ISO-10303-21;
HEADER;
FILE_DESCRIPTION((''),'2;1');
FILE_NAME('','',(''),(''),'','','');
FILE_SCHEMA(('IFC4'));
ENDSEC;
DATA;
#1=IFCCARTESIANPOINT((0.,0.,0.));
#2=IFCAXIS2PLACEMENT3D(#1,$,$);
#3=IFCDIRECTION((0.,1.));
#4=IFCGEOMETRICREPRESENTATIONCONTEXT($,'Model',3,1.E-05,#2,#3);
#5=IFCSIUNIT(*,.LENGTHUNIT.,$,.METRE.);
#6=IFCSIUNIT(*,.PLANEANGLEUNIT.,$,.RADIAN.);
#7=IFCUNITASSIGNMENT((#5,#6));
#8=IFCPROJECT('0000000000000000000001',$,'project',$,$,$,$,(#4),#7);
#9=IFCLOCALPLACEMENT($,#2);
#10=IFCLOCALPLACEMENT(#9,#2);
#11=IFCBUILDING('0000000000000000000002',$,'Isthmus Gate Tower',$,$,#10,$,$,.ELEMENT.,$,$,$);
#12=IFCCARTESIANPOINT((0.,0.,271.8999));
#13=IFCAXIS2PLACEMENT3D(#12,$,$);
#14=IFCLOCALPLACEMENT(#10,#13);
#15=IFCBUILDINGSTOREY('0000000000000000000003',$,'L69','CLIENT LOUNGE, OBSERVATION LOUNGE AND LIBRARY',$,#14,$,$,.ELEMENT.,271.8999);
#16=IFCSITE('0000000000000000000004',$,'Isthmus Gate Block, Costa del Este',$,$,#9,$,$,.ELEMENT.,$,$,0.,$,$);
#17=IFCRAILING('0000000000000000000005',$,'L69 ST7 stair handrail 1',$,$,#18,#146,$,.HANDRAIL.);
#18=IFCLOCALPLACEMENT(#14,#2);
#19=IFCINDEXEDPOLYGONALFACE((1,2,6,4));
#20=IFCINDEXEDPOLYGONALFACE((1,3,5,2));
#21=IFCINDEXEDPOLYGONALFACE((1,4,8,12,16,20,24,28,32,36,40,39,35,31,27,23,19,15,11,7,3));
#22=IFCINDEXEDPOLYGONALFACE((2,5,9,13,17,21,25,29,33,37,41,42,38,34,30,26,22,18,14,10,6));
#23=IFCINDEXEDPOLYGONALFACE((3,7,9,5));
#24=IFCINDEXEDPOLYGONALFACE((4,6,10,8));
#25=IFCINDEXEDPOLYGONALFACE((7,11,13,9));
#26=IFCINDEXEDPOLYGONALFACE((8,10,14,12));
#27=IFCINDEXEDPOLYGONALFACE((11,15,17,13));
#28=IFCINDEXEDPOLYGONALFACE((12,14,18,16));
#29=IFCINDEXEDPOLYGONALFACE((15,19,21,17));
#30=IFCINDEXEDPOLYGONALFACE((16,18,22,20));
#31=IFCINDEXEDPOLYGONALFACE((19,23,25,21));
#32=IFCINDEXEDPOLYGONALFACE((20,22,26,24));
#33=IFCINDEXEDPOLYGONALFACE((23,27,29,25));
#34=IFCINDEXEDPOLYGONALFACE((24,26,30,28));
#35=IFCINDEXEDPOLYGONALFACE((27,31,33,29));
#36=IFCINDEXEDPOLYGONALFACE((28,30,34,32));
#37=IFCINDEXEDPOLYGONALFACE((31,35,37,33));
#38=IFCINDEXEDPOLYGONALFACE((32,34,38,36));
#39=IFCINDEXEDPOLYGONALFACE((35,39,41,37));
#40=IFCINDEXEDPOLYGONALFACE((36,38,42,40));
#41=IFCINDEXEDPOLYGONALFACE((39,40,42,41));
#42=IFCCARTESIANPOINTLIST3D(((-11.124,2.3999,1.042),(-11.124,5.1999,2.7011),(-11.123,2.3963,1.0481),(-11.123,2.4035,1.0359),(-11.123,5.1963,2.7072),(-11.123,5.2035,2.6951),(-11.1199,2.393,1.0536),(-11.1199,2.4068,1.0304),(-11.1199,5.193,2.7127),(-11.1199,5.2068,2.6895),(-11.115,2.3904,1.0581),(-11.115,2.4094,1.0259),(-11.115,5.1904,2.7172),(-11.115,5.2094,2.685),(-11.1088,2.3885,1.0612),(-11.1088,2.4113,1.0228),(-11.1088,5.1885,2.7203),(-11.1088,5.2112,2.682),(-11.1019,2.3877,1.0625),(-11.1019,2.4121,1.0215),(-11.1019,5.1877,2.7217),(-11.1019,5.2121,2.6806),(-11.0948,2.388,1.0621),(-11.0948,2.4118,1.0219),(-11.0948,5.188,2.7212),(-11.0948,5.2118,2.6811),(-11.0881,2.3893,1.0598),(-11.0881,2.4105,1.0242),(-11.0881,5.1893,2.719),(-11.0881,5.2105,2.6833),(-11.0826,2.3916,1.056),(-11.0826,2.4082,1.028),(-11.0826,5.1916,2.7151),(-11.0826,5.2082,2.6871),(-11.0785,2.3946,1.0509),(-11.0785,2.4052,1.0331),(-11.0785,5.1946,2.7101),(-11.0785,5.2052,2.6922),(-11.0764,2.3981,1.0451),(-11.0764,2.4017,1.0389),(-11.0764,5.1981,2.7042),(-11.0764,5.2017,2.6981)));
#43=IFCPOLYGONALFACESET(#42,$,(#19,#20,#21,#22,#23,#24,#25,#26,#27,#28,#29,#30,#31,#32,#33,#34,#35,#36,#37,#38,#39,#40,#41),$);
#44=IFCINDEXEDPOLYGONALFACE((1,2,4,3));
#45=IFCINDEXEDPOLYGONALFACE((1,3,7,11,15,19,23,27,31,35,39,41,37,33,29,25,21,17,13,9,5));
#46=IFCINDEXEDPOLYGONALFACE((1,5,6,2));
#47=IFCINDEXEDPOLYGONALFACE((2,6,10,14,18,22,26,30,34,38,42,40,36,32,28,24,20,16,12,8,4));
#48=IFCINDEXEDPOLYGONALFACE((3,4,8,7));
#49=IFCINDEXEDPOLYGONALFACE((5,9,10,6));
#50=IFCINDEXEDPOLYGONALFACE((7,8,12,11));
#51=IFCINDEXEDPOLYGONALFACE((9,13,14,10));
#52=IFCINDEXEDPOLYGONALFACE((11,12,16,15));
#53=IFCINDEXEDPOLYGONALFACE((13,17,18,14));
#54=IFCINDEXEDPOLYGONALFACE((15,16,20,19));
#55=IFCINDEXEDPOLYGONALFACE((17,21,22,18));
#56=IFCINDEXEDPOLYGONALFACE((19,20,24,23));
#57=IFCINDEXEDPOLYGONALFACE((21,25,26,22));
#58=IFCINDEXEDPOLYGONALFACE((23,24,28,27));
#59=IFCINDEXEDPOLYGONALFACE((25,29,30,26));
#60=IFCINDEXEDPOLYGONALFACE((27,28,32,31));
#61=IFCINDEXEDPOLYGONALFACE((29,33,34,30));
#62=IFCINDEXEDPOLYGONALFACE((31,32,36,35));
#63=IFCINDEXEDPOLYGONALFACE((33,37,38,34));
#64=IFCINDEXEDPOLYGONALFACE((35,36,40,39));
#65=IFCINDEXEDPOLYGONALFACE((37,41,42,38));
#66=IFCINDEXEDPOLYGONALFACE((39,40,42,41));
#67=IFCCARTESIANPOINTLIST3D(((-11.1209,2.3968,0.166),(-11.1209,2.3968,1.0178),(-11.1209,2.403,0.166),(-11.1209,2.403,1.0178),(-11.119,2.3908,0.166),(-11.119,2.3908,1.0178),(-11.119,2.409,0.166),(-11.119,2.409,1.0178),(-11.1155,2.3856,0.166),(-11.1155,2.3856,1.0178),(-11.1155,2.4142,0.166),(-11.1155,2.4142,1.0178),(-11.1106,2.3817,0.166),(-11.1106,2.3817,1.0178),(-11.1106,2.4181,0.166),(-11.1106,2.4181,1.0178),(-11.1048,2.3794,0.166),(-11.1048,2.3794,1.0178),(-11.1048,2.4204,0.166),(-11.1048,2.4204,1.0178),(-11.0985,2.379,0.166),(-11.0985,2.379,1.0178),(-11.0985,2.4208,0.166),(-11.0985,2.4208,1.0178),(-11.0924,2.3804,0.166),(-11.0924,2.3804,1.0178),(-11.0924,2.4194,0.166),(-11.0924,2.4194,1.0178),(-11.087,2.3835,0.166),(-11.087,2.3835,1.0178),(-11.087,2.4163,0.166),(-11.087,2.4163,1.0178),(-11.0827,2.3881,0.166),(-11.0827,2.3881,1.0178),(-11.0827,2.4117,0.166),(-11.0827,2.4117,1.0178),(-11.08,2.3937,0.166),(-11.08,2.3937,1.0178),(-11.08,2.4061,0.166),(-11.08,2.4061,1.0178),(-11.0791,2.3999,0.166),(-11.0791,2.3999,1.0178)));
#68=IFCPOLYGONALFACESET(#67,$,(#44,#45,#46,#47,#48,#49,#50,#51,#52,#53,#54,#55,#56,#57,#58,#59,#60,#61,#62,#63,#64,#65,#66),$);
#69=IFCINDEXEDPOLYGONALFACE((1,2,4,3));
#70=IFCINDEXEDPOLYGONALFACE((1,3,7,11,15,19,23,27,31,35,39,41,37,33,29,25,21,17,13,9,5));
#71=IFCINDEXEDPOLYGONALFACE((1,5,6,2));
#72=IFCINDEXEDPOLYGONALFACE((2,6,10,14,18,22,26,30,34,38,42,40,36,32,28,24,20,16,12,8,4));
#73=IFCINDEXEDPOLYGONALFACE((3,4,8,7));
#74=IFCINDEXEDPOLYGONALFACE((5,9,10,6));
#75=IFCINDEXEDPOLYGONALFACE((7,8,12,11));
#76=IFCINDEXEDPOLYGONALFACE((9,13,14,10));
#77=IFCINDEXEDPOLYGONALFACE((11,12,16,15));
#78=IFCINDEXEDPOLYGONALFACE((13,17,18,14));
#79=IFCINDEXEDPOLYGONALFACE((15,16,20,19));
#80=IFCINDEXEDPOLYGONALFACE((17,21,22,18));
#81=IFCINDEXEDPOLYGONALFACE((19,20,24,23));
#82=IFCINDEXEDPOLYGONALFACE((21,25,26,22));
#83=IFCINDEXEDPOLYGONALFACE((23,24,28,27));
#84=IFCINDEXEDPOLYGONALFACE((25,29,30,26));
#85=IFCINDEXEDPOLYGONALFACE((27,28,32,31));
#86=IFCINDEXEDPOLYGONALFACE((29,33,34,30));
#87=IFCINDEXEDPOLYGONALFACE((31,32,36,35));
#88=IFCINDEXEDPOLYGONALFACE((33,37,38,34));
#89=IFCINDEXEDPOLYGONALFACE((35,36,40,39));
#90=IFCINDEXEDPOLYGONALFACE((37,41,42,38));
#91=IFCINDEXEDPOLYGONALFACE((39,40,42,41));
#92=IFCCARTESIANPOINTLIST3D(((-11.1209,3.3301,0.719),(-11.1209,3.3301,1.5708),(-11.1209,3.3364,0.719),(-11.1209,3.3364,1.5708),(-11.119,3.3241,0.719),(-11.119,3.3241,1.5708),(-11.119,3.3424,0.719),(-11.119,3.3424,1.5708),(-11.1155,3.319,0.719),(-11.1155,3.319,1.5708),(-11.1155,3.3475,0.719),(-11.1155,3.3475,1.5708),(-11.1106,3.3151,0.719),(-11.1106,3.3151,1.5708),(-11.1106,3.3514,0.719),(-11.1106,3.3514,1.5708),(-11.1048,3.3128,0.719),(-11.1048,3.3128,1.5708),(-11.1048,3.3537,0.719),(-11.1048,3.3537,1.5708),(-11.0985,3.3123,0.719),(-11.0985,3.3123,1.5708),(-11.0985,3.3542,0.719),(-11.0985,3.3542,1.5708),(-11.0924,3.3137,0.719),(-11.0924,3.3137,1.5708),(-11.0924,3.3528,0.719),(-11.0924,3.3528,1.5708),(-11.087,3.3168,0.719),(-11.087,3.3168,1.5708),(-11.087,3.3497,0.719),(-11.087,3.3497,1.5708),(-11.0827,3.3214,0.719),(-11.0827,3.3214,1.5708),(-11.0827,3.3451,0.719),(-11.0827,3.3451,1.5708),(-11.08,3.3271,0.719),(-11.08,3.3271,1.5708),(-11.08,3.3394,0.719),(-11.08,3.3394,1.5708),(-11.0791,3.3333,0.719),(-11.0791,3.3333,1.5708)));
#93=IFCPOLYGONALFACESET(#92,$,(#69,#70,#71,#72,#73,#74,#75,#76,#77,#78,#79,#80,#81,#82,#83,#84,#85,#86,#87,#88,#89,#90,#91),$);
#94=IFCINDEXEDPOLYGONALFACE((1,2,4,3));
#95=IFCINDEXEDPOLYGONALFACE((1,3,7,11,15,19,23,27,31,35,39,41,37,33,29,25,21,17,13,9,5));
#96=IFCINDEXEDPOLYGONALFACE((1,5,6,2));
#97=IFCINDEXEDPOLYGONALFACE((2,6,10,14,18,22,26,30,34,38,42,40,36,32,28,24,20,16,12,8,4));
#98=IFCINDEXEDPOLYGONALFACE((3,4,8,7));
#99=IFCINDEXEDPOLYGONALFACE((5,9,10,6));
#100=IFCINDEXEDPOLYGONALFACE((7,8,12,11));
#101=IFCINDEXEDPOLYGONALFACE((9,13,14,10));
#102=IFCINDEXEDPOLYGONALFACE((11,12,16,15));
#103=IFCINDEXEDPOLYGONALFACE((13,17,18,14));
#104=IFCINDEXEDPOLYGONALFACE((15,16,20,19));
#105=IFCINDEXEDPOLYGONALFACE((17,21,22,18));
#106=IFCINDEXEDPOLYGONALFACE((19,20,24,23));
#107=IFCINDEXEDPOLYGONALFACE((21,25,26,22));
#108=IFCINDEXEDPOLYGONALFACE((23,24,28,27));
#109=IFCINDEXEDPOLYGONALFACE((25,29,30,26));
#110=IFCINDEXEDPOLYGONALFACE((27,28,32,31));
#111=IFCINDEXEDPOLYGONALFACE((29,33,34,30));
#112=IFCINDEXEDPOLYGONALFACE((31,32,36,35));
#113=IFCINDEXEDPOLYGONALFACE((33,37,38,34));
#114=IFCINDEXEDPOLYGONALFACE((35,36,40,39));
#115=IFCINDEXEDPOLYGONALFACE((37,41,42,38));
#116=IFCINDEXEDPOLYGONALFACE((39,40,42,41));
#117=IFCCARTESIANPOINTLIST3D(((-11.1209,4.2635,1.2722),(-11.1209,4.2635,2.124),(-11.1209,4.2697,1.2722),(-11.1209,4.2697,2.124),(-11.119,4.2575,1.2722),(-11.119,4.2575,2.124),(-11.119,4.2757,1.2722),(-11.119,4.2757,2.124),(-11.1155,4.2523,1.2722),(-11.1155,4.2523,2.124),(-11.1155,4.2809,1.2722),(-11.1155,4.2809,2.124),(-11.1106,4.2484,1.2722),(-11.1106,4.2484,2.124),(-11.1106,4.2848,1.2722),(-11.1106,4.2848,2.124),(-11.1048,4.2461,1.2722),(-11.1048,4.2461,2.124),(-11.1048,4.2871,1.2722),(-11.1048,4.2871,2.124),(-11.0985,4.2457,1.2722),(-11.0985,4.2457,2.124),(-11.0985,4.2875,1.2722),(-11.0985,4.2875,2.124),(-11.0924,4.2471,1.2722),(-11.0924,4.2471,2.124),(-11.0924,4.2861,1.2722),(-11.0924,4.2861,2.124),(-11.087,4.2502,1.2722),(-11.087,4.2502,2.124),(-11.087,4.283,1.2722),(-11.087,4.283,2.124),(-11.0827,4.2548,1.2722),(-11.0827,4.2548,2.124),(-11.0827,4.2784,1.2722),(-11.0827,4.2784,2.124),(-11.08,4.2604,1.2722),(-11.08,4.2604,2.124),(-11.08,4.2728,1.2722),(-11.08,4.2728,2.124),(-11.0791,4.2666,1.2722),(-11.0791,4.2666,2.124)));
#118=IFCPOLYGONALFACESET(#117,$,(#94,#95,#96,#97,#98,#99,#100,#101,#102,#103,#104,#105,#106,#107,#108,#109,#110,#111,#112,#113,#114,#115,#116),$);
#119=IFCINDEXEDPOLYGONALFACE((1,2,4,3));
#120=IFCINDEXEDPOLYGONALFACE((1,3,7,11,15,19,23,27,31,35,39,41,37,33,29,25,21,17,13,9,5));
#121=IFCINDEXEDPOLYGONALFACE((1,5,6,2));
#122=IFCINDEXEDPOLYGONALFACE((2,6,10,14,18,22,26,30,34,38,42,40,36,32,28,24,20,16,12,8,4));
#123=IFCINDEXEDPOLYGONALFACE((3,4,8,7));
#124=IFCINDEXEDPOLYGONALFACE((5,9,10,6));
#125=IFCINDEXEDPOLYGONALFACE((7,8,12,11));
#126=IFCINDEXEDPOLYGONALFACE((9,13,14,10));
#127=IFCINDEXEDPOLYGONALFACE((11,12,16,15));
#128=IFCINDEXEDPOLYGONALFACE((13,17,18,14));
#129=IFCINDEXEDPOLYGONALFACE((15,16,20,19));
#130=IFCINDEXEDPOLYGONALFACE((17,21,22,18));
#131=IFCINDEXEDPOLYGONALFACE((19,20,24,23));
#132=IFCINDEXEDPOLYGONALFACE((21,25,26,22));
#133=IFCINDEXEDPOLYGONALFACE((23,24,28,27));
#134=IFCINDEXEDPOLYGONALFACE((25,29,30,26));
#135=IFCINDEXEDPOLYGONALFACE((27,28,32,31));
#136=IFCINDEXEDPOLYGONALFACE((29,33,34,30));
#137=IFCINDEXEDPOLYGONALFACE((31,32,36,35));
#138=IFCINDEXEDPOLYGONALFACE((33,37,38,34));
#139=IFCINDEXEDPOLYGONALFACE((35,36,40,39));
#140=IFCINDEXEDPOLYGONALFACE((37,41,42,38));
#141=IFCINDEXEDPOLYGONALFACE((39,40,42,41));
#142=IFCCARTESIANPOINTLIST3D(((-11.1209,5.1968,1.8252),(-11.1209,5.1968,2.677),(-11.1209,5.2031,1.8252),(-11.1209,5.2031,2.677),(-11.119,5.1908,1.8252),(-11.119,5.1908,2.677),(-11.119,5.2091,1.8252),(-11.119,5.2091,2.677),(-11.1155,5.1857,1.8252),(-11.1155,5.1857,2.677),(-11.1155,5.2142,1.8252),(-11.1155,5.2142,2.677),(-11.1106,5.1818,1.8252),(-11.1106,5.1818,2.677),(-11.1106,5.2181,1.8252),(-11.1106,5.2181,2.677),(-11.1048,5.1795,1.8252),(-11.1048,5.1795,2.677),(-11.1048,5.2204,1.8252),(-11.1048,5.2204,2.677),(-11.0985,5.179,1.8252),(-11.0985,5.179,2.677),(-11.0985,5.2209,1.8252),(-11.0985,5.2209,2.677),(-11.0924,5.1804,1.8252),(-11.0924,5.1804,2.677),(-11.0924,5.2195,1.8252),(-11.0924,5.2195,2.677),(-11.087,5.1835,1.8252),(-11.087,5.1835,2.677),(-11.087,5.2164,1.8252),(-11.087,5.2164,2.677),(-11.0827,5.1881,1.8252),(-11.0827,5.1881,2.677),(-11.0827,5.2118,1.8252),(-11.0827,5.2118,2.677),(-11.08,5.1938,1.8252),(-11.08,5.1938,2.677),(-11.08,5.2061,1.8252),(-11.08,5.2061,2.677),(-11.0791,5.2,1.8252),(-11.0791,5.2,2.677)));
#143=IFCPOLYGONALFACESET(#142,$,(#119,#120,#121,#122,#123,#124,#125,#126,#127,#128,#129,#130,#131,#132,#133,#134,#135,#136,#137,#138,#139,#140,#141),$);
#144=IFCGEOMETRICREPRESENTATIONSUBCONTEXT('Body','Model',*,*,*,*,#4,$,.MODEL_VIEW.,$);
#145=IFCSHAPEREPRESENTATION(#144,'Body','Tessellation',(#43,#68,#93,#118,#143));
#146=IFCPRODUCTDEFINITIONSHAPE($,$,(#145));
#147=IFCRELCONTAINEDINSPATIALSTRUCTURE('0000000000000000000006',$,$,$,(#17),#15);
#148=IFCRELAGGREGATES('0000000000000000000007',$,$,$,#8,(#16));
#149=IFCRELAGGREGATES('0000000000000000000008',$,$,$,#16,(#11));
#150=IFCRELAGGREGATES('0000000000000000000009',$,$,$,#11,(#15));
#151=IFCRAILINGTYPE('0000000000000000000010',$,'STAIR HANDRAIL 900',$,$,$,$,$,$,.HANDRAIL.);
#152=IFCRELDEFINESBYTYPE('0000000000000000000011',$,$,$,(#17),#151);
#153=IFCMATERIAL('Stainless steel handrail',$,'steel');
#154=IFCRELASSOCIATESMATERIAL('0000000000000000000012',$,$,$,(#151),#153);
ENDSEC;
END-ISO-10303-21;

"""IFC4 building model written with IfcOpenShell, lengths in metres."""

from ifc_helpers import new_model, si_unit, direction, frame, origin, origin_2d, place, context, subcontext, project, spatial, circle, extrude, material, type_object, element, save


model = new_model("IFC4")

# Units and contexts
model_context = context("Model", 3, precision=1e-05, world=origin(), true_north=direction((0.0, 1.0)))
body_context = subcontext(model_context, "Body", "Model", "MODEL_VIEW")
ifc_project = project(units=[si_unit("LENGTHUNIT", "METRE"), si_unit("PLANEANGLEUNIT", "RADIAN")], contexts=[model_context])

# Site, building, storey
site_placement = place(None, origin())
site = spatial("IfcSite", under=ifc_project, at=site_placement, Name="Isthmus Gate Block, Costa del Este", CompositionType="ELEMENT", RefElevation=0.0)
building_placement = place(site_placement, origin())
building = spatial("IfcBuilding", under=site, at=building_placement, Name="Isthmus Gate Tower", CompositionType="ELEMENT")
storey_placement = place(building_placement, frame((0.0, 0.0, 271.8999)))
storey = spatial("IfcBuildingStorey", under=building, at=storey_placement, Name="L69", Description="CLIENT LOUNGE, OBSERVATION LOUNGE AND LIBRARY", CompositionType="ELEMENT", Elevation=271.8999)

# Railing
ifc_material_1 = material(Name="Stainless steel handrail", Category="steel")
railing_type_1 = type_object("IfcRailingType", Name="STAIR HANDRAIL 900", PredefinedType="HANDRAIL", material=ifc_material_1)
railing_1_placement = place(storey_placement, frame((-11.1001, 2.3999, 0.166)))
element("IfcRailing", 1, at=railing_1_placement, inside=storey, type_object=railing_type_1, Name="L69 ST7 stair handrail 1", PredefinedType="HANDRAIL", context=body_context, shape_type="SweptSolid", body=[
    extrude(circle(Radius=0.0239, at=origin_2d()), frame((0.0, 0.0, 0.876), z_axis=(0.0, 0.860306, 0.509778), x_axis=(-1.0, 0.0, 0.0)), (0.0, 0.0, 1.0), 3.2546),
    extrude(circle(Radius=0.021, at=origin_2d()), origin(), (0.0, 0.0, 1.0), 0.8518),
    extrude(circle(Radius=0.021, at=origin_2d()), frame((0.0, 0.9333, 0.553)), (0.0, 0.0, 1.0), 0.8518),
    extrude(circle(Radius=0.021, at=origin_2d()), frame((0.0, 1.8667, 1.1062)), (0.0, 0.0, 1.0), 0.8518),
    extrude(circle(Radius=0.021, at=origin_2d()), frame((0.0, 2.8, 1.6592)), (0.0, 0.0, 1.0), 0.8518),
])

save(model, "model.ifc")
